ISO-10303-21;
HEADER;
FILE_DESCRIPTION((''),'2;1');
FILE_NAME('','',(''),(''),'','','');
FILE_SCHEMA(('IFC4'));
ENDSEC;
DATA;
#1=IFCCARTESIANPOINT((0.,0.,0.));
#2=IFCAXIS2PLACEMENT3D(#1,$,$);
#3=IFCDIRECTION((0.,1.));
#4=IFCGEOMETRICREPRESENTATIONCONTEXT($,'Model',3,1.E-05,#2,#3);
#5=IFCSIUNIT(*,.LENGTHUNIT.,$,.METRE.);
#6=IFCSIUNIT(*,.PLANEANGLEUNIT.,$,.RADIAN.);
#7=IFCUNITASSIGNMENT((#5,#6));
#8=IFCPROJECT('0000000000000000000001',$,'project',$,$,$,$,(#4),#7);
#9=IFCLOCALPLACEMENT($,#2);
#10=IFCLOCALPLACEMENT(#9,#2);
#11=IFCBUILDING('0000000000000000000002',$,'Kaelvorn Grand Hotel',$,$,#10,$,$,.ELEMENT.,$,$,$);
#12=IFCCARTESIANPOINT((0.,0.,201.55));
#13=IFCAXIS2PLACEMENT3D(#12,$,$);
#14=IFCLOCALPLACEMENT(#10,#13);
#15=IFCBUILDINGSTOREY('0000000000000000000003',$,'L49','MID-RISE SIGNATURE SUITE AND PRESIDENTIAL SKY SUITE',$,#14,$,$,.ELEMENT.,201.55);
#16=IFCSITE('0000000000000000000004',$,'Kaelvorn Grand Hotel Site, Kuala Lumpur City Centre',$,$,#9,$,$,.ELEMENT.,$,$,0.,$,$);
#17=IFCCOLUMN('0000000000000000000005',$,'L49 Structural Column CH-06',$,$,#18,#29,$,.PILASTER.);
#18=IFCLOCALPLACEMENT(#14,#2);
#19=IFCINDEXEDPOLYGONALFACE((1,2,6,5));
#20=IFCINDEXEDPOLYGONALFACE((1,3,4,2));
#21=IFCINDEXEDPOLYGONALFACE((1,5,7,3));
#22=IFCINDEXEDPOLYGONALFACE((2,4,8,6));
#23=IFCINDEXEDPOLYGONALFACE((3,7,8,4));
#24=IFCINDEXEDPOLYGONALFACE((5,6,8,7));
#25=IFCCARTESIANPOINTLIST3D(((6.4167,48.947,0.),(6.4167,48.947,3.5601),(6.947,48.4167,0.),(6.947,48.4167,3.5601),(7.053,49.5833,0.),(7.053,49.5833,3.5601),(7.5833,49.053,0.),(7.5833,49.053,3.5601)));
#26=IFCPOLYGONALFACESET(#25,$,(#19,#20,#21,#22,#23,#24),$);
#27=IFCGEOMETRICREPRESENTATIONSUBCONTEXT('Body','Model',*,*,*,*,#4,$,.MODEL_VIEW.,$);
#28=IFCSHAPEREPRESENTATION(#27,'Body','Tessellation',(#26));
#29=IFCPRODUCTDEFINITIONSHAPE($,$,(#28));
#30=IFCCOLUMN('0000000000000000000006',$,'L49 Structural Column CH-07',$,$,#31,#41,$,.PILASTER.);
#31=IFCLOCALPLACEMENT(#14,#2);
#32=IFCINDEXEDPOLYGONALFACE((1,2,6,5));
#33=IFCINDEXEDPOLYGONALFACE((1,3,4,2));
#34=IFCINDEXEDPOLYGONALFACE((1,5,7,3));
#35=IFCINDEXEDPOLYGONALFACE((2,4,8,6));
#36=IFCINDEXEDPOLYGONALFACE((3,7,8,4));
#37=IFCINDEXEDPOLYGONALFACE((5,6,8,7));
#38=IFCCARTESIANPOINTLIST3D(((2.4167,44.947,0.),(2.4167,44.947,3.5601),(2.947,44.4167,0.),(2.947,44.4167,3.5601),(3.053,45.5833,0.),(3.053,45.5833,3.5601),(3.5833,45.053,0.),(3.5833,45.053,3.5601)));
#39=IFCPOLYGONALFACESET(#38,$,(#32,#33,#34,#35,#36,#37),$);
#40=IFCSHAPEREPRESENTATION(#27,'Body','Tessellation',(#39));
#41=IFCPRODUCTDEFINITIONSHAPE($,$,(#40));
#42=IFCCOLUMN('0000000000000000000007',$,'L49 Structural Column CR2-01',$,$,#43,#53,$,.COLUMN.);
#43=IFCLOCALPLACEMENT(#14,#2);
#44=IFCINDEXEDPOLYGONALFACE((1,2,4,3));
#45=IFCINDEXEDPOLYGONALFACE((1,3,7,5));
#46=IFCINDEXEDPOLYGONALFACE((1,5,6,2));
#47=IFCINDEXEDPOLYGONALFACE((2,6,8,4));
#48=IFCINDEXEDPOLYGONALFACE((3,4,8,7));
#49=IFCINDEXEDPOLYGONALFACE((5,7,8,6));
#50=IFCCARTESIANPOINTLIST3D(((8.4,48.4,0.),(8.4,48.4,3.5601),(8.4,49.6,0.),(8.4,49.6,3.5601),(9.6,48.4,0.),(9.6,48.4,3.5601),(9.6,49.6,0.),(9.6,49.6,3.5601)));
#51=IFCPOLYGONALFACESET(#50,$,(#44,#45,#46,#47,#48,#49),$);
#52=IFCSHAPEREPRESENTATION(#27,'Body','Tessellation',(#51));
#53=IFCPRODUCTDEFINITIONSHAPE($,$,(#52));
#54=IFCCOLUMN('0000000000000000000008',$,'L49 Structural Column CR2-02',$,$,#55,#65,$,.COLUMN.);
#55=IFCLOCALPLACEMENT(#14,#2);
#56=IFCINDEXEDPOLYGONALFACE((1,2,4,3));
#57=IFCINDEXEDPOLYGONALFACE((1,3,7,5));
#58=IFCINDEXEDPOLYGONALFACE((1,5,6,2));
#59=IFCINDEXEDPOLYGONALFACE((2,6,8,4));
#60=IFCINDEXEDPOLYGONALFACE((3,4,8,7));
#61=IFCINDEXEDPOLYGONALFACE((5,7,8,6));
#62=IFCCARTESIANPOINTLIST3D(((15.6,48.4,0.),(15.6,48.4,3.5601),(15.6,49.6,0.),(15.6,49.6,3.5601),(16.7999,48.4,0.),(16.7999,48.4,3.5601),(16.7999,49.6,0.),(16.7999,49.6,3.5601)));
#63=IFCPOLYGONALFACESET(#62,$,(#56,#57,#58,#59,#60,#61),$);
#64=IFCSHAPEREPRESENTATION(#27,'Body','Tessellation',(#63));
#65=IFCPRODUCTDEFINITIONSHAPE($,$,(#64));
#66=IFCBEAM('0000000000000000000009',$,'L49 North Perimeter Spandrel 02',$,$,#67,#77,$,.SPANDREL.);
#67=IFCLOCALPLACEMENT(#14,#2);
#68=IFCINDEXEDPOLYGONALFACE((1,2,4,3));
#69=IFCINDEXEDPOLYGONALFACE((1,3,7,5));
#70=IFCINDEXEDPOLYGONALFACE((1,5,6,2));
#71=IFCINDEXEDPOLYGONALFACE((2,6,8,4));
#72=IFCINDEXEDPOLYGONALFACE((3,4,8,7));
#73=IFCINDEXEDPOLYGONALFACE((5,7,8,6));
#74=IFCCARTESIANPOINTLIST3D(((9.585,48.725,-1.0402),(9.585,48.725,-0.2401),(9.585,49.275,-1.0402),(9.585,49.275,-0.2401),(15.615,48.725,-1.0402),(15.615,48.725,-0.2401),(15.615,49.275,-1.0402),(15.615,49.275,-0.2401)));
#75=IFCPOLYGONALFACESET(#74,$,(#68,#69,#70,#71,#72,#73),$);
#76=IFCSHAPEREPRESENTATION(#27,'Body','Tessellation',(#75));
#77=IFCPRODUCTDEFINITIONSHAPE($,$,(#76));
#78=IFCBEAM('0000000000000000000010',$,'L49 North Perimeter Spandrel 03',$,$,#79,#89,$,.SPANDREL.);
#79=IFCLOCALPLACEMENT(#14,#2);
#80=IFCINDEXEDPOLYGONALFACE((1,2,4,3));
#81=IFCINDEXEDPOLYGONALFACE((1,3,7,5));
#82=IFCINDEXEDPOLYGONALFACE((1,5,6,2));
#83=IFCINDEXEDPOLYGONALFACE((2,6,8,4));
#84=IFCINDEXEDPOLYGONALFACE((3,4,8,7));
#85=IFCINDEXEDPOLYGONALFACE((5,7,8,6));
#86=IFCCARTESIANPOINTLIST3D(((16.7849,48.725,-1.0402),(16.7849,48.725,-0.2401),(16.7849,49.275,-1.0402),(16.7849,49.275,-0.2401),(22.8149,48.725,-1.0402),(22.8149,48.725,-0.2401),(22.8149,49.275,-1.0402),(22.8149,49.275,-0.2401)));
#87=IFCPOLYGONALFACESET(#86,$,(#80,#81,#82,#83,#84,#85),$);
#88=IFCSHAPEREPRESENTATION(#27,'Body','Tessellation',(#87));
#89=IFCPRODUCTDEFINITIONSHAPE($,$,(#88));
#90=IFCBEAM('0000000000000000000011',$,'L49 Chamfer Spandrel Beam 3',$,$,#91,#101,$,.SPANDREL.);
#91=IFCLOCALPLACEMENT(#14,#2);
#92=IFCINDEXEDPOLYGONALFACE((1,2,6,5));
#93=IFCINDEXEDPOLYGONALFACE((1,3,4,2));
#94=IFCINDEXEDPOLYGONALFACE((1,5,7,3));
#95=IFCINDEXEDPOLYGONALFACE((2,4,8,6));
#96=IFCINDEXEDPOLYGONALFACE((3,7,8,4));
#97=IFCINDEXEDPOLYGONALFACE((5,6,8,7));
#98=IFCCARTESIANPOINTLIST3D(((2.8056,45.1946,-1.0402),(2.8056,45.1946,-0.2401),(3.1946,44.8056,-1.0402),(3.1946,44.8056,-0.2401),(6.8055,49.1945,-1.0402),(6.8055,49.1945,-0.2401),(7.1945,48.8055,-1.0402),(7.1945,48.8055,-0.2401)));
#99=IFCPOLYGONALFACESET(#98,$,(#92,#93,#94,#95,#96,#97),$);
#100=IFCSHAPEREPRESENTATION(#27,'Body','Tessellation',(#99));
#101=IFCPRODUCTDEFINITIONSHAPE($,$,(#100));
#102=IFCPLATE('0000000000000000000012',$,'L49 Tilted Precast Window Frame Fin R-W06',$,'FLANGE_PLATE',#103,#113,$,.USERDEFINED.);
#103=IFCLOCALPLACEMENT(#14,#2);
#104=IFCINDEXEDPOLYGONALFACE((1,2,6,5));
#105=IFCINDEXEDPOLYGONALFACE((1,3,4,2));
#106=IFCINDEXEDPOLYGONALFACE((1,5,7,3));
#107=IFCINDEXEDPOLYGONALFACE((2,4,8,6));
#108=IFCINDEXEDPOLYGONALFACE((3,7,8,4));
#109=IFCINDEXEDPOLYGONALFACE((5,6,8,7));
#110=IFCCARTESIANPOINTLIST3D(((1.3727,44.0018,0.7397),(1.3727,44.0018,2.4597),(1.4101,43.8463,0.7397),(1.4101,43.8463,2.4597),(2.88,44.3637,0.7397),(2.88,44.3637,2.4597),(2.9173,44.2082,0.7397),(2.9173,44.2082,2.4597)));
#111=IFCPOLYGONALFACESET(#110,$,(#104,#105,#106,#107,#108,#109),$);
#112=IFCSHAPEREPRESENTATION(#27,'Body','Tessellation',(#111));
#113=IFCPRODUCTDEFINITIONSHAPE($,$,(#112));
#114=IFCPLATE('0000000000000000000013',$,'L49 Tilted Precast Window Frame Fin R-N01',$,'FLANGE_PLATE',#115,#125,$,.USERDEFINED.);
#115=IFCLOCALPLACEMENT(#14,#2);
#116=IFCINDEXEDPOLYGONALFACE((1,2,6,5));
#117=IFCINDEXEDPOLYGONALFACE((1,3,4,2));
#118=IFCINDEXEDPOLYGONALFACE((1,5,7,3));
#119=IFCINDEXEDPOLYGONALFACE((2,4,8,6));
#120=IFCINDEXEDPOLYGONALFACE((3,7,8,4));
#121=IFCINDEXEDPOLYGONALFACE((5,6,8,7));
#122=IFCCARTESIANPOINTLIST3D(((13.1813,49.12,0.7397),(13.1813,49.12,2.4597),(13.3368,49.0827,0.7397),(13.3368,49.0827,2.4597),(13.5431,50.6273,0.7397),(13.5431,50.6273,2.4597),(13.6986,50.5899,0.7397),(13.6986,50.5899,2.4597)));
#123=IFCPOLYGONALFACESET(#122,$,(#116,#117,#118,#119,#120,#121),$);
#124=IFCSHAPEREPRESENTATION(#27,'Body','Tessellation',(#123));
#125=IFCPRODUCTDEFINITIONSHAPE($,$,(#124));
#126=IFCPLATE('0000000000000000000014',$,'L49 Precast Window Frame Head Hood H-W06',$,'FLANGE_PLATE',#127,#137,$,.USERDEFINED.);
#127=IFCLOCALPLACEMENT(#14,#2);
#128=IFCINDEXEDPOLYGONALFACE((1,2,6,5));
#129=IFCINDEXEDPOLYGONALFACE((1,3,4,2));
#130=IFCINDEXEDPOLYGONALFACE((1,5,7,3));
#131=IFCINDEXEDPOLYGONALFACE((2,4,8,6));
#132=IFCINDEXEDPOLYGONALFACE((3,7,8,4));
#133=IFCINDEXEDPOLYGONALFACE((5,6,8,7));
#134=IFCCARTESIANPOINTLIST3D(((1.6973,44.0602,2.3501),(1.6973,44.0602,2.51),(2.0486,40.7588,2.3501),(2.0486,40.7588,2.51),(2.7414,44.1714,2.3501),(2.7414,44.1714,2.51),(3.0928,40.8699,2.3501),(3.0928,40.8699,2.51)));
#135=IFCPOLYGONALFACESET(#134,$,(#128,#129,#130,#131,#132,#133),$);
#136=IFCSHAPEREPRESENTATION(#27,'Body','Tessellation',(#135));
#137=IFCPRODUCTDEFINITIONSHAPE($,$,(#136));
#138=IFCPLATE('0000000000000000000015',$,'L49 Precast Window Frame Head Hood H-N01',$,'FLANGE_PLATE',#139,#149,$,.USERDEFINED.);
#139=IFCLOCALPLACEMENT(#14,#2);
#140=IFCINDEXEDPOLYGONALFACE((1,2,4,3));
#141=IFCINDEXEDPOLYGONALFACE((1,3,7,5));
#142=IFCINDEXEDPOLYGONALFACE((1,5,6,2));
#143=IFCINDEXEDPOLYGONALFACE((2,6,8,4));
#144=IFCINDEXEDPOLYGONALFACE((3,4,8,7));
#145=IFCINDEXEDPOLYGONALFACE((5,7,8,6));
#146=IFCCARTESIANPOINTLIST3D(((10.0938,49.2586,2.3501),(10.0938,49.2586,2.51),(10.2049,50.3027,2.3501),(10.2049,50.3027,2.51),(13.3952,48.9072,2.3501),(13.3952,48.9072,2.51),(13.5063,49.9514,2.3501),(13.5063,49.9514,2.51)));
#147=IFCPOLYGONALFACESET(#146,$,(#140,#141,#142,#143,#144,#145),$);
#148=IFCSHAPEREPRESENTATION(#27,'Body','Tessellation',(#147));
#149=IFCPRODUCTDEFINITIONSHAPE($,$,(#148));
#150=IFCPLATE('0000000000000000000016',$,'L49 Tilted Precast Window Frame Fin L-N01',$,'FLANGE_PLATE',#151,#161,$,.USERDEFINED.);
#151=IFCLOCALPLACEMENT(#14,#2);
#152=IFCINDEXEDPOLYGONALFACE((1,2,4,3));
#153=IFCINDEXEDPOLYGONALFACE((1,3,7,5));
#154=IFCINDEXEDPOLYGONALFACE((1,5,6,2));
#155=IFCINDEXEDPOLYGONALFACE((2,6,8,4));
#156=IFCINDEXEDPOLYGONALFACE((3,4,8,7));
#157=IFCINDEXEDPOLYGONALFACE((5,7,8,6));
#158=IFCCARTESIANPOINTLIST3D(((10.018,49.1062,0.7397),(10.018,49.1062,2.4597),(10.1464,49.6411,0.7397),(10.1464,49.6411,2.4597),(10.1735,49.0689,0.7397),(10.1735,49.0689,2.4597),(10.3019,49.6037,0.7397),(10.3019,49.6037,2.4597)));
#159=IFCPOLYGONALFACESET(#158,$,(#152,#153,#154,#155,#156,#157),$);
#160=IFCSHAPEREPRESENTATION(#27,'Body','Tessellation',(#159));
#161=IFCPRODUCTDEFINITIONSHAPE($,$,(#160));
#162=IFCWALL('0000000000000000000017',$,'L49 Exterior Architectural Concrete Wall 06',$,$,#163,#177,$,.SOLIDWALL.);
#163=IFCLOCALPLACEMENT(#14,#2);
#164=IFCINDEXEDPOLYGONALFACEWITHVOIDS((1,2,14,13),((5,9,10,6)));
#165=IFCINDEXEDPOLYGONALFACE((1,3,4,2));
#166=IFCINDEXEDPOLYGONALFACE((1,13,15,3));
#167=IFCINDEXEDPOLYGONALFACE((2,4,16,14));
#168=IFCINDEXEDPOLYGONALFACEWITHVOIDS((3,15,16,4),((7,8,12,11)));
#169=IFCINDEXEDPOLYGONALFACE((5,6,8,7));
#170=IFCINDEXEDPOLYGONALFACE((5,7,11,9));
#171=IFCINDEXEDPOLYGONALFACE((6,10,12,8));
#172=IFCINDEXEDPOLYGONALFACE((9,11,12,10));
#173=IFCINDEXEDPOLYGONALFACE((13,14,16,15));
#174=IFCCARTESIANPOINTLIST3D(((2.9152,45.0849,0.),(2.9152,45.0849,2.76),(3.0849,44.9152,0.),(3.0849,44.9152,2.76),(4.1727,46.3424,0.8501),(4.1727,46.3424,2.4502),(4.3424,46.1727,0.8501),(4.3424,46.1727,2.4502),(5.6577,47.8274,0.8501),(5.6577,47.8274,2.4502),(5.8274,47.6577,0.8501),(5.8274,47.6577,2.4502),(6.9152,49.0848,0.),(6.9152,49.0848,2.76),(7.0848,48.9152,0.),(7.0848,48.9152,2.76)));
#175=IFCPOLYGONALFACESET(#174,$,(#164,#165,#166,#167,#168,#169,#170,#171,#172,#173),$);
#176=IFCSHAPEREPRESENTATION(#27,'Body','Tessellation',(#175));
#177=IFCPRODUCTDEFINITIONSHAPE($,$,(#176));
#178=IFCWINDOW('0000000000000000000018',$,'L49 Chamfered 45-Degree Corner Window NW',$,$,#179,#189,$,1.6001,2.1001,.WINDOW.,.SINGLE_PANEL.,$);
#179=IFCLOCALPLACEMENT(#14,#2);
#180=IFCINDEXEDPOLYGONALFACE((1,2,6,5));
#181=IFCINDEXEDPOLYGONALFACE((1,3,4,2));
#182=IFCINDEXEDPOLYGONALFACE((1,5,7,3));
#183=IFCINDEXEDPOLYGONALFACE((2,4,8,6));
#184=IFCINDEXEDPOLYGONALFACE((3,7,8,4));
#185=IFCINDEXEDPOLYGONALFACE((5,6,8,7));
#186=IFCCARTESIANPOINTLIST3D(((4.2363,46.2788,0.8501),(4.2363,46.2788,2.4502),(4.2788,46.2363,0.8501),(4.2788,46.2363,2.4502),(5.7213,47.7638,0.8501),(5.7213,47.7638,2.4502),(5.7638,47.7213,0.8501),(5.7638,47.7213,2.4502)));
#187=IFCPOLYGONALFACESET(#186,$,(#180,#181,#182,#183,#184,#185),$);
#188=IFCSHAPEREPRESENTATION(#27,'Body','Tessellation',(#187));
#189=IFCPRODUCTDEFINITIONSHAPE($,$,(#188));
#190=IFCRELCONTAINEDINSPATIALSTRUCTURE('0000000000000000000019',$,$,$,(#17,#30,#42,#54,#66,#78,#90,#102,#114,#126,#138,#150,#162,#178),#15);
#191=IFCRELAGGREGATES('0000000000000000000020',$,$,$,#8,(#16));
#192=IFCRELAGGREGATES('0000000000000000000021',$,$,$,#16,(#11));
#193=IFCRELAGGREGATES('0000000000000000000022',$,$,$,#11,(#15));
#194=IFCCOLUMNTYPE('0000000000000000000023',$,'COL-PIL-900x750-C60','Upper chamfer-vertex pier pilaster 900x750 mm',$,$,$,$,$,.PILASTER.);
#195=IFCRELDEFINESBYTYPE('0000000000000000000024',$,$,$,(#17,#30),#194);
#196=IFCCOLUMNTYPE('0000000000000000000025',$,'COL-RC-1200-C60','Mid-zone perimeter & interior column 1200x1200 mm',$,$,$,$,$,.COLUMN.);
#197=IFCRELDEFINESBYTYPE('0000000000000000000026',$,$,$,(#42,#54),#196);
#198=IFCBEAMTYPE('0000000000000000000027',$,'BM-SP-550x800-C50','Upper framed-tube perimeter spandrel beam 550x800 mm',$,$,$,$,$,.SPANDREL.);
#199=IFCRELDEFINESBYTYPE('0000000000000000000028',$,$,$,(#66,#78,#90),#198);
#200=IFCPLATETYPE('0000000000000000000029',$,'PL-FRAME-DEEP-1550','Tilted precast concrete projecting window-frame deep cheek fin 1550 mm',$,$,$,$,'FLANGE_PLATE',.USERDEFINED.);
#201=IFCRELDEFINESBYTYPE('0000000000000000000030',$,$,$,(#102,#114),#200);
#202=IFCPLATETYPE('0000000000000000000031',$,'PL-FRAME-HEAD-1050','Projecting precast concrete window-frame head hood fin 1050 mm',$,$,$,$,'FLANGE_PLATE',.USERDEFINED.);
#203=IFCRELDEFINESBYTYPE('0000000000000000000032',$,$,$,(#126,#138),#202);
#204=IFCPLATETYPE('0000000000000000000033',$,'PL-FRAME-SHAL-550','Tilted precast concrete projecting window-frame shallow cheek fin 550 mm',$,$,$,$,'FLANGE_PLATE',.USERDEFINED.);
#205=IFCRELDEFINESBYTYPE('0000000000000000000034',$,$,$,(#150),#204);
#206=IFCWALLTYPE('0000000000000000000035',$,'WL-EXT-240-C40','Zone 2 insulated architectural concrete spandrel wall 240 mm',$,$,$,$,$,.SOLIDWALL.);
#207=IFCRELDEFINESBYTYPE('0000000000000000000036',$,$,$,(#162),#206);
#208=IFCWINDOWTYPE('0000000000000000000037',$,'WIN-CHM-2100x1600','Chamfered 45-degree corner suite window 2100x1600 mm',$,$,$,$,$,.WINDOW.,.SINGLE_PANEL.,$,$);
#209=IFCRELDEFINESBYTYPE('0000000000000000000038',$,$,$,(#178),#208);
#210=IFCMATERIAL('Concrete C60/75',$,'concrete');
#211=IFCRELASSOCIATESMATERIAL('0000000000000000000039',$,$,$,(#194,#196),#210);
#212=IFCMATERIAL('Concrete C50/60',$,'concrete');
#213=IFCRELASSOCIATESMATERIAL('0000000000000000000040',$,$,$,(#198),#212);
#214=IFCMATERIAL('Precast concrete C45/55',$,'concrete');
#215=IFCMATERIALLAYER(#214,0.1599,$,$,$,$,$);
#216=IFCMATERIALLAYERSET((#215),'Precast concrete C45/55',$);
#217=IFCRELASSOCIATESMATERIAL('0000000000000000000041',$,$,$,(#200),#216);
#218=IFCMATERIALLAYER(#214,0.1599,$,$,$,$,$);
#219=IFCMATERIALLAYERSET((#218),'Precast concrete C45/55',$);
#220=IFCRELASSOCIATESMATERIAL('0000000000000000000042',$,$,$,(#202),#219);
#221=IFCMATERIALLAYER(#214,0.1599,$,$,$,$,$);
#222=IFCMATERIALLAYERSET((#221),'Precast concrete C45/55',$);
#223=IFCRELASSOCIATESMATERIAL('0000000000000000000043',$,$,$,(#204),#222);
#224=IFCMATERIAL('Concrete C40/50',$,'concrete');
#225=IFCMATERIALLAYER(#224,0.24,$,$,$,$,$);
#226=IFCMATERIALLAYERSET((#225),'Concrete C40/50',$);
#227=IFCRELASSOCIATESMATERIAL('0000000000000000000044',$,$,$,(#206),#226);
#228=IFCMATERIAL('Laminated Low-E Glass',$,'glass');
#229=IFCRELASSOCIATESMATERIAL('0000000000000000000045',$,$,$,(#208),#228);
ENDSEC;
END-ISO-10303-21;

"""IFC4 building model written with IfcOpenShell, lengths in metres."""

from ifc_helpers import new_model, si_unit, direction, frame, frame_2d, origin, origin_2d, place, context, subcontext, project, spatial, rectangle, extrude, material, layer, layer_set, material_profile, profile_set, type_object, element, fill, save


model = new_model("IFC4")

# Units and contexts
model_context = context("Model", 3, precision=1e-05, world=origin(), true_north=direction((0.0, 1.0)))
body_context = subcontext(model_context, "Body", "Model", "MODEL_VIEW")
ifc_project = project(units=[si_unit("LENGTHUNIT", "METRE"), si_unit("PLANEANGLEUNIT", "RADIAN")], contexts=[model_context])

# Site, building, storey
site_placement = place(None, origin())
site = spatial("IfcSite", under=ifc_project, at=site_placement, Name="Kaelvorn Grand Hotel Site, Kuala Lumpur City Centre", CompositionType="ELEMENT", RefElevation=0.0)
building_placement = place(site_placement, origin())
building = spatial("IfcBuilding", under=site, at=building_placement, Name="Kaelvorn Grand Hotel", CompositionType="ELEMENT")
storey_placement = place(building_placement, frame((0.0, 0.0, 201.55)))
storey = spatial("IfcBuildingStorey", under=building, at=storey_placement, Name="L49", Description="MID-RISE SIGNATURE SUITE AND PRESIDENTIAL SKY SUITE", CompositionType="ELEMENT", Elevation=201.55)

# Columns
ifc_material_1 = material(Name="Concrete C60/75", Category="concrete")
ifc_material_profile_1 = material_profile(ifc_material_1, rectangle(XDim=0.8999, YDim=0.75, at=origin_2d()), Name="RC PILASTER 900x750")
ifc_profile_set_1 = profile_set([ifc_material_profile_1], Name="Concrete C60/75")
column_type_1 = type_object("IfcColumnType", Name="COL-PIL-900x750-C60", Description="Upper chamfer-vertex pier pilaster 900x750 mm", PredefinedType="PILASTER", material=ifc_profile_set_1)
for number, where, z_axis, x_axis, name in (
    (1, (7.0, 49.0, 0.0), (0.0, 0.0, 1.0), (0.707107, 0.707107, 0.0), "L49 Structural Column CH-06"),
    (2, (3.0, 45.0, 0.0), (0.0, 0.0, 1.0), (0.707107, 0.707107, 0.0), "L49 Structural Column CH-07"),
):
    element("IfcColumn", number, at=place(storey_placement, frame(where, z_axis=z_axis, x_axis=x_axis)), inside=storey, type_object=column_type_1, Name=name, PredefinedType="PILASTER", context=body_context, shape_type="SweptSolid", body=[
        extrude(rectangle(XDim=0.8999, YDim=0.75, at=origin_2d()), origin(), (0.0, 0.0, 1.0), 3.5601),
    ])
ifc_material_profile_2 = material_profile(ifc_material_1, rectangle(XDim=1.2, YDim=1.2, at=origin_2d()), Name="RC COL 1200x1200")
ifc_profile_set_2 = profile_set([ifc_material_profile_2], Name="Concrete C60/75")
column_type_2 = type_object("IfcColumnType", Name="COL-RC-1200-C60", Description="Mid-zone perimeter & interior column 1200x1200 mm", PredefinedType="COLUMN", material=ifc_profile_set_2)
for number, where, z_axis, x_axis, name in (
    (3, (9.0, 49.0, 0.0), (0.0, 0.0, 1.0), (1.0, 0.0, 0.0), "L49 Structural Column CR2-01"),
    (4, (16.2, 49.0, 0.0), (0.0, 0.0, 1.0), (1.0, 0.0, 0.0), "L49 Structural Column CR2-02"),
):
    element("IfcColumn", number, at=place(storey_placement, frame(where, z_axis=z_axis, x_axis=x_axis)), inside=storey, type_object=column_type_2, Name=name, PredefinedType="COLUMN", context=body_context, shape_type="SweptSolid", body=[
        extrude(rectangle(XDim=1.2, YDim=1.2, at=origin_2d()), origin(), (0.0, 0.0, 1.0), 3.5601),
    ])

# Beams
ifc_material_2 = material(Name="Concrete C50/60", Category="concrete")
ifc_material_profile_3 = material_profile(ifc_material_2, rectangle(XDim=0.55, YDim=0.8, at=origin_2d()), Name="RC SPANDREL 550x800")
ifc_profile_set_3 = profile_set([ifc_material_profile_3], Name="Concrete C50/60")
beam_type = type_object("IfcBeamType", Name="BM-SP-550x800-C50", Description="Upper framed-tube perimeter spandrel beam 550x800 mm", PredefinedType="SPANDREL", material=ifc_profile_set_3)
for number, where, z_axis, x_axis, name in (
    (5, (9.585, 49.0, -0.6401), (1.0, 0.0, 0.0), (0.0, 1.0, 0.0), "L49 North Perimeter Spandrel 02"),
    (6, (16.7849, 49.0, -0.6401), (1.0, 0.0, 0.0), (0.0, 1.0, 0.0), "L49 North Perimeter Spandrel 03"),
):
    element("IfcBeam", number, at=place(storey_placement, frame(where, z_axis=z_axis, x_axis=x_axis)), inside=storey, type_object=beam_type, Name=name, PredefinedType="SPANDREL", context=body_context, shape_type="SweptSolid", body=[
        extrude(rectangle(XDim=0.55, YDim=0.8, at=origin_2d()), origin(), (0.0, 0.0, 1.0), 6.03),
    ])
beam_placement = place(storey_placement, frame((7.0, 49.0, -0.6401), z_axis=(-0.707107, -0.707107, 0.0), x_axis=(0.707107, -0.707107, 0.0)))
element("IfcBeam", 7, at=beam_placement, inside=storey, type_object=beam_type, Name="L49 Chamfer Spandrel Beam 3", PredefinedType="SPANDREL", context=body_context, shape_type="SweptSolid", body=[
    extrude(rectangle(XDim=0.55, YDim=0.8, at=origin_2d()), origin(), (0.0, 0.0, 1.0), 5.6567),
])

# Plates
ifc_material_3 = material(Name="Precast concrete C45/55", Category="concrete")
ifc_layer_1 = layer(ifc_material_3, 0.1599)
ifc_layer_set_1 = layer_set([ifc_layer_1], Name="Precast concrete C45/55")
plate_type_1 = type_object("IfcPlateType", Name="PL-FRAME-DEEP-1550", Description="Tilted precast concrete projecting window-frame deep cheek fin 1550 mm", ElementType="FLANGE_PLATE", PredefinedType="USERDEFINED", material=ifc_layer_set_1)
for number, where, z_axis, x_axis, name in (
    (8, (2.145, 44.105, 0.7397), (0.0, 0.0, 1.0), (-0.233445, 0.97237, 0.0), "L49 Tilted Precast Window Frame Fin R-W06"),
    (9, (13.4399, 49.855, 0.7397), (0.0, 0.0, 1.0), (0.97237, -0.233445, 0.0), "L49 Tilted Precast Window Frame Fin R-N01"),
):
    element("IfcPlate", number, at=place(storey_placement, frame(where, z_axis=z_axis, x_axis=x_axis)), inside=storey, type_object=plate_type_1, Name=name, ObjectType="FLANGE_PLATE", PredefinedType="USERDEFINED", context=body_context, shape_type="SweptSolid", body=[
        extrude(rectangle(XDim=0.1599, YDim=1.55, at=origin_2d()), origin(), (0.0, 0.0, 1.0), 1.72),
    ])
ifc_layer_2 = layer(ifc_material_3, 0.1599)
ifc_layer_set_2 = layer_set([ifc_layer_2], Name="Precast concrete C45/55")
plate_type_2 = type_object("IfcPlateType", Name="PL-FRAME-HEAD-1050", Description="Projecting precast concrete window-frame head hood fin 1050 mm", ElementType="FLANGE_PLATE", PredefinedType="USERDEFINED", material=ifc_layer_set_2)
for number, where, z_axis, x_axis, name in (
    (10, (2.395, 42.4651, 2.3501), (0.0, 0.0, 1.0), (-0.10583, 0.994384, 0.0), "L49 Precast Window Frame Head Hood H-W06"),
    (11, (11.8, 49.605, 2.3501), (0.0, 0.0, 1.0), (0.994384, -0.10583, 0.0), "L49 Precast Window Frame Head Hood H-N01"),
):
    element("IfcPlate", number, at=place(storey_placement, frame(where, z_axis=z_axis, x_axis=x_axis)), inside=storey, type_object=plate_type_2, Name=name, ObjectType="FLANGE_PLATE", PredefinedType="USERDEFINED", context=body_context, shape_type="SweptSolid", body=[
        extrude(rectangle(XDim=3.3201, YDim=1.05, at=origin_2d()), origin(), (0.0, 0.0, 1.0), 0.1599),
    ])
ifc_layer_3 = layer(ifc_material_3, 0.1599)
ifc_layer_set_3 = layer_set([ifc_layer_3], Name="Precast concrete C45/55")
plate_type_3 = type_object("IfcPlateType", Name="PL-FRAME-SHAL-550", Description="Tilted precast concrete projecting window-frame shallow cheek fin 550 mm", ElementType="FLANGE_PLATE", PredefinedType="USERDEFINED", material=ifc_layer_set_3)
plate_placement = place(storey_placement, frame((10.1599, 49.355, 0.7397), z_axis=(0.0, 0.0, 1.0), x_axis=(0.97237, -0.233445, 0.0)))
element("IfcPlate", 12, at=plate_placement, inside=storey, type_object=plate_type_3, Name="L49 Tilted Precast Window Frame Fin L-N01", ObjectType="FLANGE_PLATE", PredefinedType="USERDEFINED", context=body_context, shape_type="SweptSolid", body=[
    extrude(rectangle(XDim=0.1599, YDim=0.55, at=origin_2d()), origin(), (0.0, 0.0, 1.0), 1.72),
])

# Wall, opening, window
ifc_material_4 = material(Name="Concrete C40/50", Category="concrete")
ifc_layer_4 = layer(ifc_material_4, 0.24)
ifc_layer_set_4 = layer_set([ifc_layer_4], Name="Concrete C40/50")
wall_type_1 = type_object("IfcWallType", Name="WL-EXT-240-C40", Description="Zone 2 insulated architectural concrete spandrel wall 240 mm", PredefinedType="SOLIDWALL", material=ifc_layer_set_4)
wall_1_placement = place(storey_placement, frame((7.0, 49.0, 0.0), z_axis=(0.0, 0.0, 1.0), x_axis=(-0.707107, -0.707107, 0.0)))
wall_1 = element("IfcWall", 13, at=wall_1_placement, inside=storey, type_object=wall_type_1, Name="L49 Exterior Architectural Concrete Wall 06", PredefinedType="SOLIDWALL", context=body_context, shape_type="SweptSolid", body=[
    extrude(rectangle(XDim=5.6567, YDim=0.24, at=frame_2d((2.8284, 0.0))), origin(), (0.0, 0.0, 1.0), 2.76),
])
opening_1_placement = place(wall_1_placement, frame((1.7783, 0.0, 0.8501)))
opening_1 = element("IfcOpeningElement", 14, at=opening_1_placement, cuts=wall_1, PredefinedType="OPENING", context=body_context, shape_type="SweptSolid", body=[
    extrude(rectangle(XDim=2.1001, YDim=1.6001, at=frame_2d((1.05, 0.8))), frame((0.0, 0.1299, 0.0), z_axis=(0.0, -1.0, 0.0), x_axis=(1.0, 0.0, 0.0)), (0.0, 0.0, 1.0), 0.26),
])
ifc_material_5 = material(Name="Laminated Low-E Glass", Category="glass")
window_type_1 = type_object("IfcWindowType", Name="WIN-CHM-2100x1600", Description="Chamfered 45-degree corner suite window 2100x1600 mm", PartitioningType="SINGLE_PANEL", PredefinedType="WINDOW", material=ifc_material_5)
window_1_placement = place(opening_1_placement, origin())
window_1 = element("IfcWindow", 15, at=window_1_placement, inside=storey, type_object=window_type_1, Name="L49 Chamfered 45-Degree Corner Window NW", OverallHeight=1.6001, OverallWidth=2.1001, PartitioningType="SINGLE_PANEL", PredefinedType="WINDOW", context=body_context, shape_type="SweptSolid", body=[
    extrude(rectangle(XDim=2.1001, YDim=1.6001, at=frame_2d((1.05, 0.8))), frame((0.0, 0.03, 0.0), z_axis=(0.0, -1.0, 0.0), x_axis=(1.0, 0.0, 0.0)), (0.0, 0.0, 1.0), 0.0601),
])
fill(opening_1, window_1)

save(model, "model.ifc")
